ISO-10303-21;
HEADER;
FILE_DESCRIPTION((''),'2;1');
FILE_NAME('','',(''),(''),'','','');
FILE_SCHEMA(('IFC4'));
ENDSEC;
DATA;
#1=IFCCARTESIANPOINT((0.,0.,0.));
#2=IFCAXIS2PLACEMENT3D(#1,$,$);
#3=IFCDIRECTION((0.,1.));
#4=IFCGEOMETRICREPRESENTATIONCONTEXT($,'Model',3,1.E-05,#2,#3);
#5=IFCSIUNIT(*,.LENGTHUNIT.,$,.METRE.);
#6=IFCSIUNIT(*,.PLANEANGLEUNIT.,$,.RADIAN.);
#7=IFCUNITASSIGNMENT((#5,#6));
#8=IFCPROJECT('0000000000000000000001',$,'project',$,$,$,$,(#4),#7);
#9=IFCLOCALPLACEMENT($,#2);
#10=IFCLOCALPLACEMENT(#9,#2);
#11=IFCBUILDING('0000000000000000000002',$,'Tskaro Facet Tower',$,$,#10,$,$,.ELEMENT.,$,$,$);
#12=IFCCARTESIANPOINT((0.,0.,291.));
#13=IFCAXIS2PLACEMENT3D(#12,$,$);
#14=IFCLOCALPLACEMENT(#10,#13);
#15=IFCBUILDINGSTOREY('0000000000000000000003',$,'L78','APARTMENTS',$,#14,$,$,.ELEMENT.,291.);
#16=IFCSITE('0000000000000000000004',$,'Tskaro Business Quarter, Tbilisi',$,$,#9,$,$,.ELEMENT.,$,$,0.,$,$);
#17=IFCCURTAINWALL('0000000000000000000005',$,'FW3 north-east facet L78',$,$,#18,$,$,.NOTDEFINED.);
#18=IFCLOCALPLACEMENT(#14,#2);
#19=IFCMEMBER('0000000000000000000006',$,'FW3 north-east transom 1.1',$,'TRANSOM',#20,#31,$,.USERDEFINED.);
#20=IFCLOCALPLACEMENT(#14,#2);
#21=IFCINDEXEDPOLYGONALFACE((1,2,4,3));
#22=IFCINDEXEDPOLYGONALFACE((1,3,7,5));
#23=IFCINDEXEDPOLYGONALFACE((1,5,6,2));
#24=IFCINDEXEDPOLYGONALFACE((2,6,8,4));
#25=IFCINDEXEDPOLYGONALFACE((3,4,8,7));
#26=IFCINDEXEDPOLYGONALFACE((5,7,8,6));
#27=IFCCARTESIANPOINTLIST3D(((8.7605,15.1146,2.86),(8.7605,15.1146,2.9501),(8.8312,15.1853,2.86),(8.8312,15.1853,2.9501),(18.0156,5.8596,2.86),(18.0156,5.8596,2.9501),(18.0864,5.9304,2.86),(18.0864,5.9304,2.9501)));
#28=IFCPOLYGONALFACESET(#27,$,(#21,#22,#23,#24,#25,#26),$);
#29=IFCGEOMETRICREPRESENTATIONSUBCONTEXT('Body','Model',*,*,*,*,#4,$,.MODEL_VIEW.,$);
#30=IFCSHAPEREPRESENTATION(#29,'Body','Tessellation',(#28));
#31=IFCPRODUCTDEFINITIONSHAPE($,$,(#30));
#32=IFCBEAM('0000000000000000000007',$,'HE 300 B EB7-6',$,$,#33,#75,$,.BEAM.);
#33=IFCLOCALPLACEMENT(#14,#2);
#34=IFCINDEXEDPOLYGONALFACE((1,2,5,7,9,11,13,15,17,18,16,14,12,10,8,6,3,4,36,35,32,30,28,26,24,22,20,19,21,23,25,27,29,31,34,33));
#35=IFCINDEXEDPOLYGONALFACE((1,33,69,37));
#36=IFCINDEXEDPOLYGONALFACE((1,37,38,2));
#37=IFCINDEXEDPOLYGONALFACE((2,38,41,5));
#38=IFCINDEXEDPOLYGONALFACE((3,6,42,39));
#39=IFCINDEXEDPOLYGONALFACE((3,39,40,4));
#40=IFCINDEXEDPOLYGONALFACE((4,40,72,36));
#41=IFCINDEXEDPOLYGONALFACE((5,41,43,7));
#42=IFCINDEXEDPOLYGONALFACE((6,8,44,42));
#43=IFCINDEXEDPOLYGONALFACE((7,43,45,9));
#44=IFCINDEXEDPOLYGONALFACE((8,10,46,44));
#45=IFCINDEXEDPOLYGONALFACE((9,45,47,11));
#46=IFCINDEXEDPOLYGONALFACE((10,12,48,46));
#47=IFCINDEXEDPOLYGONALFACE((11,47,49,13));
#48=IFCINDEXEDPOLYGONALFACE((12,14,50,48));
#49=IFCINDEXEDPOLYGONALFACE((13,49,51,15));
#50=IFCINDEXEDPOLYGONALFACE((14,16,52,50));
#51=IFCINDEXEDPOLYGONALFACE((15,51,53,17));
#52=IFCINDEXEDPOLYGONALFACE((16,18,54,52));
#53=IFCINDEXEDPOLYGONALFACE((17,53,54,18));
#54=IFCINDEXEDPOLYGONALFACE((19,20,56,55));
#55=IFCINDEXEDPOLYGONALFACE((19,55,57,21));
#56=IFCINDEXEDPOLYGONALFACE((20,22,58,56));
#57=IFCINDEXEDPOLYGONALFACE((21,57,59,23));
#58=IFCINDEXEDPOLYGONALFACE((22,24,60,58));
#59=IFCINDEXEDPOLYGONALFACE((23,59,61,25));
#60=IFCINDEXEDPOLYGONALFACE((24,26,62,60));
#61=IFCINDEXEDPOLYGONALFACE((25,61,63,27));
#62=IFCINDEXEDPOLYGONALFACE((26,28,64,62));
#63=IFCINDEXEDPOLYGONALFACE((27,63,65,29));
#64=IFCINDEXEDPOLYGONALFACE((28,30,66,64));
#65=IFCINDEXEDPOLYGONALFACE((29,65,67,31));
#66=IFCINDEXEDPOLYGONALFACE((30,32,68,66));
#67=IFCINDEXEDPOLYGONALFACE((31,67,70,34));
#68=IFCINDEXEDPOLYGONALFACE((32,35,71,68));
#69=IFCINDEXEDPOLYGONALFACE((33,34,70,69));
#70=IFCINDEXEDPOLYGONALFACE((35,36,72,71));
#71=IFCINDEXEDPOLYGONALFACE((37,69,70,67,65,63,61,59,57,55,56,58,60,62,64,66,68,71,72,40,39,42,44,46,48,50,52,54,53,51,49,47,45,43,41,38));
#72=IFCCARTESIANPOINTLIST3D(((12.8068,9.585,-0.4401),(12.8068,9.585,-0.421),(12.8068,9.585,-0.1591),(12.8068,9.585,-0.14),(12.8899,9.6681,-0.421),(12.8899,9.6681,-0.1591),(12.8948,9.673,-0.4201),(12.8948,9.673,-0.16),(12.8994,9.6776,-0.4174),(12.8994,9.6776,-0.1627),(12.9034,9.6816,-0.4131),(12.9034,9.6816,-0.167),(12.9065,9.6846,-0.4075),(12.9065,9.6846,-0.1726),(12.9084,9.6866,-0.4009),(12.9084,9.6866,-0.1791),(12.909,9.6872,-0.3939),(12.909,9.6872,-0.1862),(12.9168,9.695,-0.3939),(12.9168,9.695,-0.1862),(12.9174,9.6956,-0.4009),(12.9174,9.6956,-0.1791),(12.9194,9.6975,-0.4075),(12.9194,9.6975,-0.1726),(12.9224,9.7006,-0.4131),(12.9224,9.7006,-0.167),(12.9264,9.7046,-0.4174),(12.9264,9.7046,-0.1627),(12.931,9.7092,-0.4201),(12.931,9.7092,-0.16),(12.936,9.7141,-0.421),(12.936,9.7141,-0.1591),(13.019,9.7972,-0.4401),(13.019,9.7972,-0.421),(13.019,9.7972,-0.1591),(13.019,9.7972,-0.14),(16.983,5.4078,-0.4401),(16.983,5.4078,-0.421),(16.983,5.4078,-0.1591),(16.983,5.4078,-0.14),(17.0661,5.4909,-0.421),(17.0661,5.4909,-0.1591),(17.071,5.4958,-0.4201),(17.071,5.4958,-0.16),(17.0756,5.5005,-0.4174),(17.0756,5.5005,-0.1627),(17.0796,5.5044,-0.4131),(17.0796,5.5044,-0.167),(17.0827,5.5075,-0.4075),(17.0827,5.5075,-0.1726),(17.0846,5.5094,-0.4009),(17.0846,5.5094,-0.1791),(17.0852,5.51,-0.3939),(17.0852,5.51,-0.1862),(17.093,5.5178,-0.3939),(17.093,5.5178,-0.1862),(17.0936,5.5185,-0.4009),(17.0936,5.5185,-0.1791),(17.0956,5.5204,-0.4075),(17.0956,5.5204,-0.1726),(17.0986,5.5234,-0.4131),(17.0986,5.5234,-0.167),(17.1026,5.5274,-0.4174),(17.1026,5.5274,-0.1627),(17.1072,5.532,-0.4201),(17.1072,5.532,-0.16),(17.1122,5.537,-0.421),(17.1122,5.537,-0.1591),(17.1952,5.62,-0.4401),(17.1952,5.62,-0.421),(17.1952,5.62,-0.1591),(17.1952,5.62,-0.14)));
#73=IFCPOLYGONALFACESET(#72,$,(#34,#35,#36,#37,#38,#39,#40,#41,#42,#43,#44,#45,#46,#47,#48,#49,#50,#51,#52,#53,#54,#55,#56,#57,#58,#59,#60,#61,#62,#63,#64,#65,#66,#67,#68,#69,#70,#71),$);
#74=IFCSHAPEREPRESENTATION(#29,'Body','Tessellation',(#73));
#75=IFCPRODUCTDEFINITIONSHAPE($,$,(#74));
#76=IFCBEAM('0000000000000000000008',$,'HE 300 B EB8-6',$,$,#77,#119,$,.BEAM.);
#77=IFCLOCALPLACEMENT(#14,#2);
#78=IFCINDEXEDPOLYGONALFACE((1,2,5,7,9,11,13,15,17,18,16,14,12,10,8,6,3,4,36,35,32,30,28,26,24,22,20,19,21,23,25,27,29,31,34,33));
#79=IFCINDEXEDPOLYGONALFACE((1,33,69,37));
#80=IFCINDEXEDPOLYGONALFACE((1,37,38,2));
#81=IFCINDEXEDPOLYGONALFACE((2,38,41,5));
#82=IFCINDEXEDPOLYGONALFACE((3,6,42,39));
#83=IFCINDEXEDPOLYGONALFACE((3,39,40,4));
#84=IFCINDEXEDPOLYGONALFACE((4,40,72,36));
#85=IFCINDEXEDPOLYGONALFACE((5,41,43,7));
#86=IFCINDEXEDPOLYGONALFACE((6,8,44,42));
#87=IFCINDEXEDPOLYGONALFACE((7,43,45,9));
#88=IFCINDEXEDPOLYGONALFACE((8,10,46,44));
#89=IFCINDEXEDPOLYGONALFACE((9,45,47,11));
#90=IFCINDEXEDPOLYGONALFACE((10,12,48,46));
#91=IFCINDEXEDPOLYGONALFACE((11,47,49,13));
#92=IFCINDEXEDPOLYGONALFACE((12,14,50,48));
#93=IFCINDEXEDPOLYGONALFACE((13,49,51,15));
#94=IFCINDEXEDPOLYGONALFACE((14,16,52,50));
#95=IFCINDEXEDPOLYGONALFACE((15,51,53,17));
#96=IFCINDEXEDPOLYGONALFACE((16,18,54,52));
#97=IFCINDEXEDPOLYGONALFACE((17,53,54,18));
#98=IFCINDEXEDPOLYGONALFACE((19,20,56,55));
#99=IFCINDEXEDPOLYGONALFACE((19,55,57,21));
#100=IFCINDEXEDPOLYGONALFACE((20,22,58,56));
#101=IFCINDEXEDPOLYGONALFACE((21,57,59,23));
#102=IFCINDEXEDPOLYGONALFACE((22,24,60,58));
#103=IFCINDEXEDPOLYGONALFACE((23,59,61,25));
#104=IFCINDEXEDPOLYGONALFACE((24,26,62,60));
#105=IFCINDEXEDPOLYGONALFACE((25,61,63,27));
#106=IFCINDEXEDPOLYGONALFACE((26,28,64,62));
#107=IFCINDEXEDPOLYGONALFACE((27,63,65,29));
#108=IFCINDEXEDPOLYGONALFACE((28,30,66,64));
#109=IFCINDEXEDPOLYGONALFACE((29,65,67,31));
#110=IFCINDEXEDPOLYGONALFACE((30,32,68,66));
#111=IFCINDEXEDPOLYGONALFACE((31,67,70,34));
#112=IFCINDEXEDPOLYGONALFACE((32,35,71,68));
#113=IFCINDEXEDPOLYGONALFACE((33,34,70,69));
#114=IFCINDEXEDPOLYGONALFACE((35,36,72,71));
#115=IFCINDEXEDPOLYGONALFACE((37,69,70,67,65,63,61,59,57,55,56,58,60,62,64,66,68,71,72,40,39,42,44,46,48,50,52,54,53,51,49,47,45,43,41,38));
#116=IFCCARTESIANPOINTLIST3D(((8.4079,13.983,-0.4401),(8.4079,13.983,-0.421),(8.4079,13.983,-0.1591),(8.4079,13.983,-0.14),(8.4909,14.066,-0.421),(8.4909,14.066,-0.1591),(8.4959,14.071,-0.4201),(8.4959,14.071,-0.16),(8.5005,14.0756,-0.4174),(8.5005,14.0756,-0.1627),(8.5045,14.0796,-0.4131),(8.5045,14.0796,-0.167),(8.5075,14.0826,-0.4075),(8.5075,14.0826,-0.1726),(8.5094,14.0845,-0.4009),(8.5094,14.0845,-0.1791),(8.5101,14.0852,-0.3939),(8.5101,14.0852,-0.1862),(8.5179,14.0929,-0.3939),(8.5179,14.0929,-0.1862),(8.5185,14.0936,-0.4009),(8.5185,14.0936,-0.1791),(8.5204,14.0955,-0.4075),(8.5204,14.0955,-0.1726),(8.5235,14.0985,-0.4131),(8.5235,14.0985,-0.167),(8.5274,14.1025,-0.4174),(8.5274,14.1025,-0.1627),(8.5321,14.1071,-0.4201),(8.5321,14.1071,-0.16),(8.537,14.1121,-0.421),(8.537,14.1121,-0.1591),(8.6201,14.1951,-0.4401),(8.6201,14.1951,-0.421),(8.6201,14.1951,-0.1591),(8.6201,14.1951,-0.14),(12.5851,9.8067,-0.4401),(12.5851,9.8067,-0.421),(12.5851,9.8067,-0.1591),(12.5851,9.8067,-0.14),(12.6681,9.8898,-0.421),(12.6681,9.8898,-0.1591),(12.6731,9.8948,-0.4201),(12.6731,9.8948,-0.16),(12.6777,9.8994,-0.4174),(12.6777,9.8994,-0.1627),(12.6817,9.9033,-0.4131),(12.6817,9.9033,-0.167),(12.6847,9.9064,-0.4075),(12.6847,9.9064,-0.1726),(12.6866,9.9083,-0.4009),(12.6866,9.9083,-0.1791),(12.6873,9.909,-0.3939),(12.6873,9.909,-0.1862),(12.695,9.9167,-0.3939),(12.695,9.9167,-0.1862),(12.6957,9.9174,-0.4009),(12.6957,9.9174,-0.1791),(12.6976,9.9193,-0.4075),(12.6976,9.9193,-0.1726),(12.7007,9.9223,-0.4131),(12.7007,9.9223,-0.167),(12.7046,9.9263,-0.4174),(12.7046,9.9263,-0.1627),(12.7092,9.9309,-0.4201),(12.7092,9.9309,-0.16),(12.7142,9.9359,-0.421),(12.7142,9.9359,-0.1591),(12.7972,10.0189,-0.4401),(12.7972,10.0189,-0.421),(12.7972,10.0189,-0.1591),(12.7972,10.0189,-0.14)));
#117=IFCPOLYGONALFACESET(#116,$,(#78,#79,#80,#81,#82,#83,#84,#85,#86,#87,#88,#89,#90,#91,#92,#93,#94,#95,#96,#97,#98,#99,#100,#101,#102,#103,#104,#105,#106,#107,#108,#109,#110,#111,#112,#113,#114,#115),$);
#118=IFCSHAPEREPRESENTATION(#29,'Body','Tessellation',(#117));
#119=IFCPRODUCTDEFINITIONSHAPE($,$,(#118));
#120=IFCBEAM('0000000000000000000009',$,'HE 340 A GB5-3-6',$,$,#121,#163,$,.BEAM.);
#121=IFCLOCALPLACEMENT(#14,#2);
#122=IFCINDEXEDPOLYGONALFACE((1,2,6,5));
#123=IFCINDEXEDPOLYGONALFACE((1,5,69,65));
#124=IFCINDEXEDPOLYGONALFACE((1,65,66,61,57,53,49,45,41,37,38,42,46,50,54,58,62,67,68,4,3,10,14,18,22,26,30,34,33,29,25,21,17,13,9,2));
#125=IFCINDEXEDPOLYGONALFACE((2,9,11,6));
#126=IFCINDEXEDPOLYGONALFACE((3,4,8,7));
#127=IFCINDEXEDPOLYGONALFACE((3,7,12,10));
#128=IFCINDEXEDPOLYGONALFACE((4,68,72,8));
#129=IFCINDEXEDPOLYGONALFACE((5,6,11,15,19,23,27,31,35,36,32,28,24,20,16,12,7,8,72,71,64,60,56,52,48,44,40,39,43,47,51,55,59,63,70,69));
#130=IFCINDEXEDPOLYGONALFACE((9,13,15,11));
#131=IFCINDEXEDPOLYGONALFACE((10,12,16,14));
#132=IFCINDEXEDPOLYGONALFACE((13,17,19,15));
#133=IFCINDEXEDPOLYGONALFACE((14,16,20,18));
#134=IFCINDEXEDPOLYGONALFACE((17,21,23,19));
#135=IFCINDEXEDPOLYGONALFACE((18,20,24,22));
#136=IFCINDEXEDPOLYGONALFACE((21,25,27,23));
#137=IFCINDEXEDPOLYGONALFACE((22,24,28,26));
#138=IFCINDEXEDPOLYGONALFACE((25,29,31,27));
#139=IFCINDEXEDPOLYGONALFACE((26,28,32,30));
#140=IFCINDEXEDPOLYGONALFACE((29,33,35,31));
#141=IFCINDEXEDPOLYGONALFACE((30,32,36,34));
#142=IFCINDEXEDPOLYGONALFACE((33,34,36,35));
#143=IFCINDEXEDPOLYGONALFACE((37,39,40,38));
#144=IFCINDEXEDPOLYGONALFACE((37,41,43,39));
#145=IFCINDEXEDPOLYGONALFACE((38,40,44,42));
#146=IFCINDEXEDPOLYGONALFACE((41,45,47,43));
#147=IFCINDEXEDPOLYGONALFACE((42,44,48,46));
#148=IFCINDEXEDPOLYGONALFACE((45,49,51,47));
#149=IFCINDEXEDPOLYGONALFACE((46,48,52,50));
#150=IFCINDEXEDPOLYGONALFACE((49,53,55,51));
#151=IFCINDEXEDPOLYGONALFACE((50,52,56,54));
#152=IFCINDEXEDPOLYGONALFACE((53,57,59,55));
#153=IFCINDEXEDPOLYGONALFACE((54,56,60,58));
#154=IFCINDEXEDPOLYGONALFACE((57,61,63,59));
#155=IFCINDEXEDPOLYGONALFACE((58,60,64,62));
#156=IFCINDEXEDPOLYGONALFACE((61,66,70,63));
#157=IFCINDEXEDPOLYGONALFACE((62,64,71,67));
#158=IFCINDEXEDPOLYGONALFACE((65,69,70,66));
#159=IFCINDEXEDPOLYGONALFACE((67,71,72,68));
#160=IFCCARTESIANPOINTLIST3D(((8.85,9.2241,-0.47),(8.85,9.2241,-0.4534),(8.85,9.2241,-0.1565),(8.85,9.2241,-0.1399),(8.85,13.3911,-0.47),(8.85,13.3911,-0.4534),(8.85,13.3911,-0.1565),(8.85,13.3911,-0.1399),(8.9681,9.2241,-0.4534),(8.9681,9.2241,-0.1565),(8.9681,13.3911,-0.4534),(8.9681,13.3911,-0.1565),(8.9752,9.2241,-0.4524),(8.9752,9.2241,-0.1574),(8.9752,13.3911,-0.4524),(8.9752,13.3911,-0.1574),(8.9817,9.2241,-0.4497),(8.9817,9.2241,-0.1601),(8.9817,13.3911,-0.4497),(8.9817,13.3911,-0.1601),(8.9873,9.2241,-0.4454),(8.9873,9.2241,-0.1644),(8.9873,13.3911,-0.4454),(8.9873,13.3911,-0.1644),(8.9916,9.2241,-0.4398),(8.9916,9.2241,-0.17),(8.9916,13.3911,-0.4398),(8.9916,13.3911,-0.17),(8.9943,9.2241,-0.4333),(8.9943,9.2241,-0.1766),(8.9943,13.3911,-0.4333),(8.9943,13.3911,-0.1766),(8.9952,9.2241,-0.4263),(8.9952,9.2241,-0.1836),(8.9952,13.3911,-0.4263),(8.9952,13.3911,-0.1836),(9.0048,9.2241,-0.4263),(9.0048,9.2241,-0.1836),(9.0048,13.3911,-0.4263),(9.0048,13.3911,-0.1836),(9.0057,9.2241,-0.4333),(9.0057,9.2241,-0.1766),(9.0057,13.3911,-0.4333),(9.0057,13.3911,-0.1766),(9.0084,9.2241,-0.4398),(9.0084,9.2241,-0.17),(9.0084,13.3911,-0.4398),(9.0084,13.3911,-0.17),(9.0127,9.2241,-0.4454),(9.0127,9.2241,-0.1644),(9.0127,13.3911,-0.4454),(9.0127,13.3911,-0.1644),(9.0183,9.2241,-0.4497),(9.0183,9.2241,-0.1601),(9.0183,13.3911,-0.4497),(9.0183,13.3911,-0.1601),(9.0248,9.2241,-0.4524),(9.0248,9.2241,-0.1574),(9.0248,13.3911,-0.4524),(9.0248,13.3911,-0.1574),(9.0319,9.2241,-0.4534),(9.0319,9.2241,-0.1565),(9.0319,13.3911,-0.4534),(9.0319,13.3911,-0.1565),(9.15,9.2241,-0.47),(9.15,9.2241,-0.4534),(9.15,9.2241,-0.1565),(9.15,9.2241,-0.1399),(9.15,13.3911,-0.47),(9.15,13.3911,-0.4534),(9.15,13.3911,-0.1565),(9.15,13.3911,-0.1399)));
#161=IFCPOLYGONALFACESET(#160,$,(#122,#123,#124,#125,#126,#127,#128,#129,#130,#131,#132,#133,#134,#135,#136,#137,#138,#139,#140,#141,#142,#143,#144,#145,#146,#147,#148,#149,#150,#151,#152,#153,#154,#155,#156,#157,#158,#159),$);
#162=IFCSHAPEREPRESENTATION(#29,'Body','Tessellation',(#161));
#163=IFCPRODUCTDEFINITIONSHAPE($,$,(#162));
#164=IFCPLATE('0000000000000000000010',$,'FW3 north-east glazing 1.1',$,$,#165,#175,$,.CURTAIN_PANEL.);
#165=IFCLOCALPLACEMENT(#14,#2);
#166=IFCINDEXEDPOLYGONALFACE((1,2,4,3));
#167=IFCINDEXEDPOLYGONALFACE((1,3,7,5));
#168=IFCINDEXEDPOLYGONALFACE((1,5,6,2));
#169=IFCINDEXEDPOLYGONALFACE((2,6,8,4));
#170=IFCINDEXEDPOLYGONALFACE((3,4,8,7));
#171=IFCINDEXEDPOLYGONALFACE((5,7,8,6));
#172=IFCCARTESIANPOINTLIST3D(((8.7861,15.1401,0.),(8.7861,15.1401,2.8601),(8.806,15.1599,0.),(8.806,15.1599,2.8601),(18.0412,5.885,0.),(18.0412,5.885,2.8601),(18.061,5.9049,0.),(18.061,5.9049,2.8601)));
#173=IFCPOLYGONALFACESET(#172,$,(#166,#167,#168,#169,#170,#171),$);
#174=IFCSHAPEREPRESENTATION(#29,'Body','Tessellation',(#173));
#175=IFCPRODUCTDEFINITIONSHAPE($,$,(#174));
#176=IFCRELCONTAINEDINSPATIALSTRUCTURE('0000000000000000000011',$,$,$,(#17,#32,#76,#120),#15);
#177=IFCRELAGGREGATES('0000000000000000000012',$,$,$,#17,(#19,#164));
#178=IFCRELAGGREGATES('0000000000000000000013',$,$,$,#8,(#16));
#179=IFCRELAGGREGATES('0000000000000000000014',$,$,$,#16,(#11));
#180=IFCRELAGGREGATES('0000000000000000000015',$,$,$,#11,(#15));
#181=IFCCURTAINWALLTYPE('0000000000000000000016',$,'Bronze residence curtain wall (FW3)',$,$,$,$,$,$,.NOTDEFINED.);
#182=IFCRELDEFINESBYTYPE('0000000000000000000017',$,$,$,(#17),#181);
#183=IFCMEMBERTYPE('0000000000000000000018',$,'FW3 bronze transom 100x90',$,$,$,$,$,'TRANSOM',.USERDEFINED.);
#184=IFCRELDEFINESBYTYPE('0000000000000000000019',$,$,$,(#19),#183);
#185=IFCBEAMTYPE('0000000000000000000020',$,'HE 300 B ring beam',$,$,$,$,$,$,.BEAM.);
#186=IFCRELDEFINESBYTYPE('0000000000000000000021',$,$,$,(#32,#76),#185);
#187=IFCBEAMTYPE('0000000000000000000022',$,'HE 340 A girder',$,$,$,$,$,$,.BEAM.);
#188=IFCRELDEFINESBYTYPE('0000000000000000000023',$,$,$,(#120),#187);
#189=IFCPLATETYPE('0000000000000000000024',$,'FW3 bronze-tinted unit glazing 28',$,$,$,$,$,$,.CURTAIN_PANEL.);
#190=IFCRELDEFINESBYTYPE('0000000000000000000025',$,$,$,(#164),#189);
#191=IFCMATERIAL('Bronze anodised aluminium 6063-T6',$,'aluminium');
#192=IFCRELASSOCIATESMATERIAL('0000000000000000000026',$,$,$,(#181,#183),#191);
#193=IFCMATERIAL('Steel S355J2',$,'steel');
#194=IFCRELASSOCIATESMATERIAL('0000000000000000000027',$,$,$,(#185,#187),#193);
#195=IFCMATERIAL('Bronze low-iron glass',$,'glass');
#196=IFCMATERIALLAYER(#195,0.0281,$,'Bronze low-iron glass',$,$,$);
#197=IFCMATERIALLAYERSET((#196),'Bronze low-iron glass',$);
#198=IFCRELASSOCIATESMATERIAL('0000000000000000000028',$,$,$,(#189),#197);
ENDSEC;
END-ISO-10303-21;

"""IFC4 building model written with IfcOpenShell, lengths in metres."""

from ifc_helpers import new_model, si_unit, direction, frame, origin, origin_2d, place, context, subcontext, project, spatial, rectangle, i_section, extrude, material, layer, layer_set, material_profile, profile_set, type_object, element, aggregate, save


model = new_model("IFC4")

# Units and contexts
model_context = context("Model", 3, precision=1e-05, world=origin(), true_north=direction((0.0, 1.0)))
body_context = subcontext(model_context, "Body", "Model", "MODEL_VIEW")
ifc_project = project(units=[si_unit("LENGTHUNIT", "METRE"), si_unit("PLANEANGLEUNIT", "RADIAN")], contexts=[model_context])

# Site, building, storey
site_placement = place(None, origin())
site = spatial("IfcSite", under=ifc_project, at=site_placement, Name="Tskaro Business Quarter, Tbilisi", CompositionType="ELEMENT", RefElevation=0.0)
building_placement = place(site_placement, origin())
building = spatial("IfcBuilding", under=site, at=building_placement, Name="Tskaro Facet Tower", CompositionType="ELEMENT")
storey_placement = place(building_placement, frame((0.0, 0.0, 291.0)))
storey = spatial("IfcBuildingStorey", under=building, at=storey_placement, Name="L78", Description="APARTMENTS", CompositionType="ELEMENT", Elevation=291.0)

# Shared definitions
ifc_material_1 = material(Name="Steel S355J2", Category="steel")

# Curtain wall, member
ifc_material_2 = material(Name="Bronze anodised aluminium 6063-T6", Category="aluminium")
curtain_wall_type = type_object("IfcCurtainWallType", Name="Bronze residence curtain wall (FW3)", PredefinedType="NOTDEFINED", material=ifc_material_2)
curtain_wall_placement = place(storey_placement, origin())
curtain_wall = element("IfcCurtainWall", 1, at=curtain_wall_placement, inside=storey, type_object=curtain_wall_type, Name="FW3 north-east facet L78", PredefinedType="NOTDEFINED")
ifc_material_profile_1 = material_profile(ifc_material_2, rectangle(XDim=0.1001, YDim=0.0901, at=origin_2d()), Name="Transom 100x90")
ifc_profile_set_1 = profile_set([ifc_material_profile_1], Name="Bronze anodised aluminium 6063-T6")
member_type_1 = type_object("IfcMemberType", Name="FW3 bronze transom 100x90", ElementType="TRANSOM", PredefinedType="USERDEFINED", material=ifc_profile_set_1)
member_1_placement = place(storey_placement, frame((18.051, 5.895, 2.905), z_axis=(-0.707116, 0.707097, 0.0), x_axis=(-0.707097, -0.707116, 0.0)))
member_1 = element("IfcMember", 2, at=member_1_placement, type_object=member_type_1, Name="FW3 north-east transom 1.1", ObjectType="TRANSOM", PredefinedType="USERDEFINED", context=body_context, shape_type="SweptSolid", body=[
    extrude(rectangle(XDim=0.1001, YDim=0.0901, at=origin_2d()), origin(), (0.0, 0.0, 1.0), 13.0886),
])

# Beams
ifc_material_profile_2 = material_profile(ifc_material_1, i_section(OverallWidth=0.3, OverallDepth=0.3, WebThickness=0.011, FlangeThickness=0.019, FilletRadius=0.0271, at=origin_2d()), Name="HE 300 B")
ifc_profile_set_2 = profile_set([ifc_material_profile_2], Name="Steel S355J2")
beam_type_1 = type_object("IfcBeamType", Name="HE 300 B ring beam", PredefinedType="BEAM", material=ifc_profile_set_2)
for number, where, z_axis, x_axis, name in (
    (3, (17.0891, 5.5139, -0.29), (-0.707024, 0.707189, 0.0), (-0.707189, -0.707024, 0.0), "HE 300 B EB7-6"),
    (4, (12.6912, 9.9128, -0.29), (-0.707189, 0.707024, 0.0), (-0.707024, -0.707189, 0.0), "HE 300 B EB8-6"),
):
    element("IfcBeam", number, at=place(storey_placement, frame(where, z_axis=z_axis, x_axis=x_axis)), inside=storey, type_object=beam_type_1, Name=name, PredefinedType="BEAM", context=body_context, shape_type="SweptSolid", body=[
        extrude(i_section(OverallWidth=0.3, OverallDepth=0.3, WebThickness=0.011, FlangeThickness=0.019, FilletRadius=0.0271, at=origin_2d()), origin(), (0.0, 0.0, 1.0), 5.9067),
    ])
ifc_material_profile_3 = material_profile(ifc_material_1, i_section(OverallWidth=0.3, OverallDepth=0.3301, WebThickness=0.0095, FlangeThickness=0.0166, FilletRadius=0.0271, at=origin_2d()), Name="HE 340 A")
ifc_profile_set_3 = profile_set([ifc_material_profile_3], Name="Steel S355J2")
beam_type_2 = type_object("IfcBeamType", Name="HE 340 A girder", PredefinedType="BEAM", material=ifc_profile_set_3)
beam_placement = place(storey_placement, frame((9.0, 9.2241, -0.3049), z_axis=(0.0, 1.0, 0.0), x_axis=(-1.0, 0.0, 0.0)))
element("IfcBeam", 5, at=beam_placement, inside=storey, type_object=beam_type_2, Name="HE 340 A GB5-3-6", PredefinedType="BEAM", context=body_context, shape_type="SweptSolid", body=[
    extrude(i_section(OverallWidth=0.3, OverallDepth=0.3301, WebThickness=0.0095, FlangeThickness=0.0166, FilletRadius=0.0271, at=origin_2d()), origin(), (0.0, 0.0, 1.0), 4.167),
])

# Plate
ifc_material_3 = material(Name="Bronze low-iron glass", Category="glass")
ifc_layer_1 = layer(ifc_material_3, 0.0281, Name="Bronze low-iron glass")
ifc_layer_set_1 = layer_set([ifc_layer_1], Name="Bronze low-iron glass")
plate_type = type_object("IfcPlateType", Name="FW3 bronze-tinted unit glazing 28", PredefinedType="CURTAIN_PANEL", material=ifc_layer_set_1)
plate_placement = place(storey_placement, frame((13.4236, 10.5225, 0.0), z_axis=(0.0, 0.0, 1.0), x_axis=(-0.707107, 0.707107, 0.0)))
plate = element("IfcPlate", 6, at=plate_placement, type_object=plate_type, Name="FW3 north-east glazing 1.1", PredefinedType="CURTAIN_PANEL", context=body_context, shape_type="SweptSolid", body=[
    extrude(rectangle(XDim=13.0886, YDim=0.0281, at=origin_2d()), origin(), (0.0, 0.0, 1.0), 2.8601),
])
aggregate(curtain_wall, [member_1, plate])

save(model, "model.ifc")
